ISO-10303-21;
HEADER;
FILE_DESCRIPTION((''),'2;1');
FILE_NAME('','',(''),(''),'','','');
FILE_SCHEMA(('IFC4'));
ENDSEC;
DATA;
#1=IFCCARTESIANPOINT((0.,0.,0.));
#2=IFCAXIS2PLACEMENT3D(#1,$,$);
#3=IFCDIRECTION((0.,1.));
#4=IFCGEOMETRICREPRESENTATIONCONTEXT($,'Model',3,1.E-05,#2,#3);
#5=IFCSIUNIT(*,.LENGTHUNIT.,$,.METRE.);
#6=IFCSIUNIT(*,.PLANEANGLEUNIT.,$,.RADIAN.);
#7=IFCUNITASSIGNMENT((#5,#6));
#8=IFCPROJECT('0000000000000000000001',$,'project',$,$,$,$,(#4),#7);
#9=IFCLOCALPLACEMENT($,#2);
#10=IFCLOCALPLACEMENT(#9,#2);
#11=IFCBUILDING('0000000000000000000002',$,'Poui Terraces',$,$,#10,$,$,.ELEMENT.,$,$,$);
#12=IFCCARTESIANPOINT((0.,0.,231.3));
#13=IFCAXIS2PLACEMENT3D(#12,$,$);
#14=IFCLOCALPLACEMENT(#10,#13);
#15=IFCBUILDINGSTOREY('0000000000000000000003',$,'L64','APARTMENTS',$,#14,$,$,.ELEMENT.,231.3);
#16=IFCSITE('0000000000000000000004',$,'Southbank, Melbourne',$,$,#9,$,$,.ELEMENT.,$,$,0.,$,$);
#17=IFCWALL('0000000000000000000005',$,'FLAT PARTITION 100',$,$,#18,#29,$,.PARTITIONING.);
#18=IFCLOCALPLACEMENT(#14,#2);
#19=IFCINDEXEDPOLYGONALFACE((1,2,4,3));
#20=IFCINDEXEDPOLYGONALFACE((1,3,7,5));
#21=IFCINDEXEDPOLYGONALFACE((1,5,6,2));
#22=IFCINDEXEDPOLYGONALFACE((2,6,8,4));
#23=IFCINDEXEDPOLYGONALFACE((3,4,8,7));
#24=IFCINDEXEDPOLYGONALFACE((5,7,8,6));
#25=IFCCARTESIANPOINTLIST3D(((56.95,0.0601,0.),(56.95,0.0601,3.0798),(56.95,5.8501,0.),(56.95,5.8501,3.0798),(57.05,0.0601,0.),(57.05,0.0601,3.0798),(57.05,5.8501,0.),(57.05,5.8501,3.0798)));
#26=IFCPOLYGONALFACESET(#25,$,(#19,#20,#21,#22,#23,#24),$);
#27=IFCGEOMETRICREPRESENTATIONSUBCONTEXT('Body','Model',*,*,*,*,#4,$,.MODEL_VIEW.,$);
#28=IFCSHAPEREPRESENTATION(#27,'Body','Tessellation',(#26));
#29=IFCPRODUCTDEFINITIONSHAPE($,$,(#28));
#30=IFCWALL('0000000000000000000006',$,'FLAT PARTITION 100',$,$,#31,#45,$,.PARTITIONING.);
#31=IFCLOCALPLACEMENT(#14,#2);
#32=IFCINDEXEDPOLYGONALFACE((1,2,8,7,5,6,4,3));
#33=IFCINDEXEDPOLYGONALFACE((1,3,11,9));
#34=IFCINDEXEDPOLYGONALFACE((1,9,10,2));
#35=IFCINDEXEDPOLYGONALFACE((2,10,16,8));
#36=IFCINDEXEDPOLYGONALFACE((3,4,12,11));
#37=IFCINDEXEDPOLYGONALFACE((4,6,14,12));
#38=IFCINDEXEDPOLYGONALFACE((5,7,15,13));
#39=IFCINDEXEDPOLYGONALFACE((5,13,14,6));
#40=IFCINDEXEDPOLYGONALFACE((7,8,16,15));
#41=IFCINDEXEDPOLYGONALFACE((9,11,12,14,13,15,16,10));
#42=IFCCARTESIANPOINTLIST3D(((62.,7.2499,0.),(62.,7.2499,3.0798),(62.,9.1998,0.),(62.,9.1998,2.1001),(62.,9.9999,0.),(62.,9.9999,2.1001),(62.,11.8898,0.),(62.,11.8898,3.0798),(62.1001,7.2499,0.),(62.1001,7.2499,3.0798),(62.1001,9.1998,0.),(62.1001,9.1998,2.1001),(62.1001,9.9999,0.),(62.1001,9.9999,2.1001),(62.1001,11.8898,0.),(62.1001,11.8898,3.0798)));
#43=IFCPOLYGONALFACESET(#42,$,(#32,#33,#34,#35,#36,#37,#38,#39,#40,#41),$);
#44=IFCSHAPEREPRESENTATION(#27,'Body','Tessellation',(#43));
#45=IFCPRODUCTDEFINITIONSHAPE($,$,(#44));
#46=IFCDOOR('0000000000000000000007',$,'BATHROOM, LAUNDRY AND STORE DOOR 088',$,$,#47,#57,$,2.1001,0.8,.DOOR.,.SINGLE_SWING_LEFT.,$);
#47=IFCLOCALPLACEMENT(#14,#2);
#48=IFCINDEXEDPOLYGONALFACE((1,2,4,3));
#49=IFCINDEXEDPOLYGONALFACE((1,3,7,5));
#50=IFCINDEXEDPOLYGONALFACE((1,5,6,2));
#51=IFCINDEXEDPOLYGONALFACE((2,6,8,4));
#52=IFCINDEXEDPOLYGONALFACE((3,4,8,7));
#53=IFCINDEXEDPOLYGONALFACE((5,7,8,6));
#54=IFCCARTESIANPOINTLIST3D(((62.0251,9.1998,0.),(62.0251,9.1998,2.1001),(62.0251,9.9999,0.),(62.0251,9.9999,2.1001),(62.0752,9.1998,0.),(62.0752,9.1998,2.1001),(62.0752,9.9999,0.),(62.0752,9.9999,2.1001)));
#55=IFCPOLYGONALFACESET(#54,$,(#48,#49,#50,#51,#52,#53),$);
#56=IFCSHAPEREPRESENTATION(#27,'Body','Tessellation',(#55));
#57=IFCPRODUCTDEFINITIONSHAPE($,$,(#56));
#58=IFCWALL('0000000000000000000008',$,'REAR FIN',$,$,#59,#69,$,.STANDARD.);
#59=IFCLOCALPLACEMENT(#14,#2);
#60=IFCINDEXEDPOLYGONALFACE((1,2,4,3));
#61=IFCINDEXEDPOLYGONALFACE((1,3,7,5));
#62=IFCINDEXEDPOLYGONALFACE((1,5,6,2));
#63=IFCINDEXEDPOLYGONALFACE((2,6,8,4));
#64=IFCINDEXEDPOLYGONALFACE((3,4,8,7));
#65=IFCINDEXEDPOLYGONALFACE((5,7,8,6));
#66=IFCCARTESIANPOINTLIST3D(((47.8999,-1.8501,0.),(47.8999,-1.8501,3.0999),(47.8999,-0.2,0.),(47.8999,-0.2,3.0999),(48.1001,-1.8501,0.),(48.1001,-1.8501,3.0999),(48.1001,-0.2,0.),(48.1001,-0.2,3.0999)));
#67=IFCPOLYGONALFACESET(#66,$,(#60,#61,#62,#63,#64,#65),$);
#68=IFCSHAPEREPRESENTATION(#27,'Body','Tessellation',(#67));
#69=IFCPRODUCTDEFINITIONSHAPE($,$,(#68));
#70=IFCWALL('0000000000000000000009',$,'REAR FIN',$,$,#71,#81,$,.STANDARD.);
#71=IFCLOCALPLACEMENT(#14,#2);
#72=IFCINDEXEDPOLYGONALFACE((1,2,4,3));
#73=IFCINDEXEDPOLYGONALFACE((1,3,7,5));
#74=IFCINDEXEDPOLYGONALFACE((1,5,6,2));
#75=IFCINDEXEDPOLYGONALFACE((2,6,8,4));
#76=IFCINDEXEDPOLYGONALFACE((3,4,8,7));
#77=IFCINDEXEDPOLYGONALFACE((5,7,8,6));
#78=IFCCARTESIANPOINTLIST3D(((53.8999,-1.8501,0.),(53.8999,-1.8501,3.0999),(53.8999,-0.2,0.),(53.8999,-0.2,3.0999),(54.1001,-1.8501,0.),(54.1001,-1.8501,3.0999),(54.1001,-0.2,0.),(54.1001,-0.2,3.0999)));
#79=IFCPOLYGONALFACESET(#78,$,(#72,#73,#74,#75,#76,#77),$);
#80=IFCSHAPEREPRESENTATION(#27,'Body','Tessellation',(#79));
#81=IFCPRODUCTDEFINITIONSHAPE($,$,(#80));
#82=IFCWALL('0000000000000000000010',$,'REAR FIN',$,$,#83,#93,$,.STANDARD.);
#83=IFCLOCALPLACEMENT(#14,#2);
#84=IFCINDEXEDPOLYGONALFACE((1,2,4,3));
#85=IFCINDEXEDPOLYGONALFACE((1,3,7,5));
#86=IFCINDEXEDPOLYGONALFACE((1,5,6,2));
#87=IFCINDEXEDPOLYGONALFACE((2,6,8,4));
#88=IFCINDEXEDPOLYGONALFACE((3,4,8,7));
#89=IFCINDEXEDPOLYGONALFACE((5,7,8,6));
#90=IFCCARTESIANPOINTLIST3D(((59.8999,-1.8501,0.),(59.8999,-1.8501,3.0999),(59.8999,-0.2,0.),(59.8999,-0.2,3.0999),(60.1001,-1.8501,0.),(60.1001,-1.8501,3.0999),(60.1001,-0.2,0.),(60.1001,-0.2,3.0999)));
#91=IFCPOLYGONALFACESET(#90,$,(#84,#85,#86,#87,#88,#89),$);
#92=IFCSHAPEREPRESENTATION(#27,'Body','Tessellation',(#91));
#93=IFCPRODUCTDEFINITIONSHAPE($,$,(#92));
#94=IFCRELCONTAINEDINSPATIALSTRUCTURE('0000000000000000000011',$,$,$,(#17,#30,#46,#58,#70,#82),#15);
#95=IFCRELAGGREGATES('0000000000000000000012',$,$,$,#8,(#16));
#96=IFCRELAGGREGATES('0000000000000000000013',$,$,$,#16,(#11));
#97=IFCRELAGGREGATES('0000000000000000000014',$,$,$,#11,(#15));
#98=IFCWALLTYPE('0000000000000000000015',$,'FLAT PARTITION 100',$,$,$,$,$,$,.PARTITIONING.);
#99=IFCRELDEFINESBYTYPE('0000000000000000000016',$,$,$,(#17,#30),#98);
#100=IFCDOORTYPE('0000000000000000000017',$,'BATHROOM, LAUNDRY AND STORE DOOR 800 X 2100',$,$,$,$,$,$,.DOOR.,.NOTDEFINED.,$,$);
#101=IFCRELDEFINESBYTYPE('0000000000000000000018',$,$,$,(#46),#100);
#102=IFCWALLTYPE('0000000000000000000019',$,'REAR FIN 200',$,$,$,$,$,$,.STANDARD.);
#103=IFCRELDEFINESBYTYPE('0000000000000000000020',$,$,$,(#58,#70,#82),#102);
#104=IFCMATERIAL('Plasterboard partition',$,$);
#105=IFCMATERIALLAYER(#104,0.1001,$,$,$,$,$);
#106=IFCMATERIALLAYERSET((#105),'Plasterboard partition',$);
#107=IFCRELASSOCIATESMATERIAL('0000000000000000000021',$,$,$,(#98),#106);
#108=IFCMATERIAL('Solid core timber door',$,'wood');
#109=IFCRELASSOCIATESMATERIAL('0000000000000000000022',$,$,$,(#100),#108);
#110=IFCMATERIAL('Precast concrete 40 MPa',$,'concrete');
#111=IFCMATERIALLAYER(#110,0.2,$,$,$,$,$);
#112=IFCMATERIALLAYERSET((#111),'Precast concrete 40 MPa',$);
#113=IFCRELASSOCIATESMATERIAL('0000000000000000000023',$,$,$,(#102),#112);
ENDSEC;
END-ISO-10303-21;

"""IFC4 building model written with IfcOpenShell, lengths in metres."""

from ifc_helpers import new_model, si_unit, direction, frame, frame_2d, origin, place, context, subcontext, project, spatial, polyline, rectangle, outline, extrude, source, transform, mapped, material, layer, layer_set, type_object, element, fill, save


model = new_model("IFC4")

# Units and contexts
model_context = context("Model", 3, precision=1e-05, world=origin(), true_north=direction((0.0, 1.0)))
body_context = subcontext(model_context, "Body", "Model", "MODEL_VIEW")
ifc_project = project(units=[si_unit("LENGTHUNIT", "METRE"), si_unit("PLANEANGLEUNIT", "RADIAN")], contexts=[model_context])

# Site, building, storey
site_placement = place(None, origin())
site = spatial("IfcSite", under=ifc_project, at=site_placement, Name="Southbank, Melbourne", CompositionType="ELEMENT", RefElevation=0.0)
building_placement = place(site_placement, origin())
building = spatial("IfcBuilding", under=site, at=building_placement, Name="Poui Terraces", CompositionType="ELEMENT")
storey_placement = place(building_placement, frame((0.0, 0.0, 231.3)))
storey = spatial("IfcBuildingStorey", under=building, at=storey_placement, Name="L64", Description="APARTMENTS", CompositionType="ELEMENT", Elevation=231.3)

# Shared definitions
ifc_material_1 = material(Name="Precast concrete 40 MPa", Category="concrete")

# Shared definitions
ifc_material_2 = material(Name="Solid core timber door", Category="wood")

# Shared definitions
ifc_material_3 = material(Name="Plasterboard partition")
ifc_layer_1 = layer(ifc_material_3, 0.1001)
ifc_layer_set_1 = layer_set([ifc_layer_1], Name="Plasterboard partition")
wall_type_1 = type_object("IfcWallType", Name="FLAT PARTITION 100", PredefinedType="PARTITIONING", material=ifc_layer_set_1)

# Wall
wall_1_placement = place(storey_placement, frame((57.0, 0.0601, 0.0), z_axis=(0.0, 0.0, 1.0), x_axis=(0.0, 1.0, 0.0)))
element("IfcWall", 1, at=wall_1_placement, inside=storey, type_object=wall_type_1, Name="FLAT PARTITION 100", PredefinedType="PARTITIONING", context=body_context, shape_type="SweptSolid", body=[
    extrude(rectangle(XDim=5.79, YDim=0.1001, at=frame_2d((2.895, 0.0))), origin(), (0.0, 0.0, 1.0), 3.0798),
])

# Wall, opening, door
wall_2_placement = place(storey_placement, frame((62.05, 7.25, 0.0), z_axis=(0.0, 0.0, 1.0), x_axis=(0.0, 1.0, 0.0)))
wall_2 = element("IfcWall", 2, at=wall_2_placement, inside=storey, type_object=wall_type_1, Name="FLAT PARTITION 100", PredefinedType="PARTITIONING", context=body_context, shape_type="SweptSolid", body=[
    extrude(rectangle(XDim=4.6399, YDim=0.1001, at=frame_2d((2.3198, 0.0))), origin(), (0.0, 0.0, 1.0), 3.0798),
])
opening_1_placement = place(wall_2_placement, frame((1.95, 0.0, 0.0)))
opening_1 = element("IfcOpeningElement", 3, at=opening_1_placement, cuts=wall_2, PredefinedType="OPENING", context=body_context, shape_type="SweptSolid", body=[
    extrude(rectangle(XDim=0.8, YDim=2.1001, at=frame_2d((0.3999, 1.05))), frame((0.0, 0.0601, 0.0), z_axis=(0.0, -1.0, 0.0), x_axis=(1.0, 0.0, 0.0)), (0.0, 0.0, 1.0), 0.1201),
])
door_type_1 = type_object("IfcDoorType", Name="BATHROOM, LAUNDRY AND STORE DOOR 800 X 2100", OperationType="NOTDEFINED", PredefinedType="DOOR", material=ifc_material_2)
door_1_placement = place(opening_1_placement, origin())
door_1 = element("IfcDoor", 4, at=door_1_placement, inside=storey, type_object=door_type_1, Name="BATHROOM, LAUNDRY AND STORE DOOR 088", OperationType="SINGLE_SWING_LEFT", OverallHeight=2.1001, OverallWidth=0.8, PredefinedType="DOOR", context=body_context, shape_type="SweptSolid", body=[
    extrude(rectangle(XDim=0.8, YDim=2.1001, at=frame_2d((0.3999, 1.05))), frame((0.0, 0.0249, 0.0), z_axis=(0.0, -1.0, 0.0), x_axis=(1.0, 0.0, 0.0)), (0.0, 0.0, 1.0), 0.05),
])
fill(opening_1, door_1)

# Walls
ifc_layer_2 = layer(ifc_material_1, 0.2)
ifc_layer_set_2 = layer_set([ifc_layer_2], Name="Precast concrete 40 MPa")
wall_type_2 = type_object("IfcWallType", Name="REAR FIN 200", PredefinedType="STANDARD", material=ifc_layer_set_2)
shared_shape_1 = source(origin(), body_context, "Body", "SweptSolid", [
    extrude(outline(polyline([(0.0, 0.0), (0.2002, 0.0), (0.2002, 1.6501), (0.0, 1.6501), (0.0, 0.0)])), origin(), (0.0, 0.0, 1.0), 3.0999),
])
for number, where, name in (
    (5, (47.8999, -1.8501, 0.0), "REAR FIN"),
    (6, (53.8999, -1.8501, 0.0), "REAR FIN"),
    (7, (59.8999, -1.8501, 0.0), "REAR FIN"),
):
    element("IfcWall", number, at=place(storey_placement, frame(where)), inside=storey, type_object=wall_type_2, Name=name, PredefinedType="STANDARD", context=body_context, shape_type="MappedRepresentation", body=[
        mapped(shared_shape_1, transform((0.0, 0.0, 0.0))),
    ])

save(model, "model.ifc")
